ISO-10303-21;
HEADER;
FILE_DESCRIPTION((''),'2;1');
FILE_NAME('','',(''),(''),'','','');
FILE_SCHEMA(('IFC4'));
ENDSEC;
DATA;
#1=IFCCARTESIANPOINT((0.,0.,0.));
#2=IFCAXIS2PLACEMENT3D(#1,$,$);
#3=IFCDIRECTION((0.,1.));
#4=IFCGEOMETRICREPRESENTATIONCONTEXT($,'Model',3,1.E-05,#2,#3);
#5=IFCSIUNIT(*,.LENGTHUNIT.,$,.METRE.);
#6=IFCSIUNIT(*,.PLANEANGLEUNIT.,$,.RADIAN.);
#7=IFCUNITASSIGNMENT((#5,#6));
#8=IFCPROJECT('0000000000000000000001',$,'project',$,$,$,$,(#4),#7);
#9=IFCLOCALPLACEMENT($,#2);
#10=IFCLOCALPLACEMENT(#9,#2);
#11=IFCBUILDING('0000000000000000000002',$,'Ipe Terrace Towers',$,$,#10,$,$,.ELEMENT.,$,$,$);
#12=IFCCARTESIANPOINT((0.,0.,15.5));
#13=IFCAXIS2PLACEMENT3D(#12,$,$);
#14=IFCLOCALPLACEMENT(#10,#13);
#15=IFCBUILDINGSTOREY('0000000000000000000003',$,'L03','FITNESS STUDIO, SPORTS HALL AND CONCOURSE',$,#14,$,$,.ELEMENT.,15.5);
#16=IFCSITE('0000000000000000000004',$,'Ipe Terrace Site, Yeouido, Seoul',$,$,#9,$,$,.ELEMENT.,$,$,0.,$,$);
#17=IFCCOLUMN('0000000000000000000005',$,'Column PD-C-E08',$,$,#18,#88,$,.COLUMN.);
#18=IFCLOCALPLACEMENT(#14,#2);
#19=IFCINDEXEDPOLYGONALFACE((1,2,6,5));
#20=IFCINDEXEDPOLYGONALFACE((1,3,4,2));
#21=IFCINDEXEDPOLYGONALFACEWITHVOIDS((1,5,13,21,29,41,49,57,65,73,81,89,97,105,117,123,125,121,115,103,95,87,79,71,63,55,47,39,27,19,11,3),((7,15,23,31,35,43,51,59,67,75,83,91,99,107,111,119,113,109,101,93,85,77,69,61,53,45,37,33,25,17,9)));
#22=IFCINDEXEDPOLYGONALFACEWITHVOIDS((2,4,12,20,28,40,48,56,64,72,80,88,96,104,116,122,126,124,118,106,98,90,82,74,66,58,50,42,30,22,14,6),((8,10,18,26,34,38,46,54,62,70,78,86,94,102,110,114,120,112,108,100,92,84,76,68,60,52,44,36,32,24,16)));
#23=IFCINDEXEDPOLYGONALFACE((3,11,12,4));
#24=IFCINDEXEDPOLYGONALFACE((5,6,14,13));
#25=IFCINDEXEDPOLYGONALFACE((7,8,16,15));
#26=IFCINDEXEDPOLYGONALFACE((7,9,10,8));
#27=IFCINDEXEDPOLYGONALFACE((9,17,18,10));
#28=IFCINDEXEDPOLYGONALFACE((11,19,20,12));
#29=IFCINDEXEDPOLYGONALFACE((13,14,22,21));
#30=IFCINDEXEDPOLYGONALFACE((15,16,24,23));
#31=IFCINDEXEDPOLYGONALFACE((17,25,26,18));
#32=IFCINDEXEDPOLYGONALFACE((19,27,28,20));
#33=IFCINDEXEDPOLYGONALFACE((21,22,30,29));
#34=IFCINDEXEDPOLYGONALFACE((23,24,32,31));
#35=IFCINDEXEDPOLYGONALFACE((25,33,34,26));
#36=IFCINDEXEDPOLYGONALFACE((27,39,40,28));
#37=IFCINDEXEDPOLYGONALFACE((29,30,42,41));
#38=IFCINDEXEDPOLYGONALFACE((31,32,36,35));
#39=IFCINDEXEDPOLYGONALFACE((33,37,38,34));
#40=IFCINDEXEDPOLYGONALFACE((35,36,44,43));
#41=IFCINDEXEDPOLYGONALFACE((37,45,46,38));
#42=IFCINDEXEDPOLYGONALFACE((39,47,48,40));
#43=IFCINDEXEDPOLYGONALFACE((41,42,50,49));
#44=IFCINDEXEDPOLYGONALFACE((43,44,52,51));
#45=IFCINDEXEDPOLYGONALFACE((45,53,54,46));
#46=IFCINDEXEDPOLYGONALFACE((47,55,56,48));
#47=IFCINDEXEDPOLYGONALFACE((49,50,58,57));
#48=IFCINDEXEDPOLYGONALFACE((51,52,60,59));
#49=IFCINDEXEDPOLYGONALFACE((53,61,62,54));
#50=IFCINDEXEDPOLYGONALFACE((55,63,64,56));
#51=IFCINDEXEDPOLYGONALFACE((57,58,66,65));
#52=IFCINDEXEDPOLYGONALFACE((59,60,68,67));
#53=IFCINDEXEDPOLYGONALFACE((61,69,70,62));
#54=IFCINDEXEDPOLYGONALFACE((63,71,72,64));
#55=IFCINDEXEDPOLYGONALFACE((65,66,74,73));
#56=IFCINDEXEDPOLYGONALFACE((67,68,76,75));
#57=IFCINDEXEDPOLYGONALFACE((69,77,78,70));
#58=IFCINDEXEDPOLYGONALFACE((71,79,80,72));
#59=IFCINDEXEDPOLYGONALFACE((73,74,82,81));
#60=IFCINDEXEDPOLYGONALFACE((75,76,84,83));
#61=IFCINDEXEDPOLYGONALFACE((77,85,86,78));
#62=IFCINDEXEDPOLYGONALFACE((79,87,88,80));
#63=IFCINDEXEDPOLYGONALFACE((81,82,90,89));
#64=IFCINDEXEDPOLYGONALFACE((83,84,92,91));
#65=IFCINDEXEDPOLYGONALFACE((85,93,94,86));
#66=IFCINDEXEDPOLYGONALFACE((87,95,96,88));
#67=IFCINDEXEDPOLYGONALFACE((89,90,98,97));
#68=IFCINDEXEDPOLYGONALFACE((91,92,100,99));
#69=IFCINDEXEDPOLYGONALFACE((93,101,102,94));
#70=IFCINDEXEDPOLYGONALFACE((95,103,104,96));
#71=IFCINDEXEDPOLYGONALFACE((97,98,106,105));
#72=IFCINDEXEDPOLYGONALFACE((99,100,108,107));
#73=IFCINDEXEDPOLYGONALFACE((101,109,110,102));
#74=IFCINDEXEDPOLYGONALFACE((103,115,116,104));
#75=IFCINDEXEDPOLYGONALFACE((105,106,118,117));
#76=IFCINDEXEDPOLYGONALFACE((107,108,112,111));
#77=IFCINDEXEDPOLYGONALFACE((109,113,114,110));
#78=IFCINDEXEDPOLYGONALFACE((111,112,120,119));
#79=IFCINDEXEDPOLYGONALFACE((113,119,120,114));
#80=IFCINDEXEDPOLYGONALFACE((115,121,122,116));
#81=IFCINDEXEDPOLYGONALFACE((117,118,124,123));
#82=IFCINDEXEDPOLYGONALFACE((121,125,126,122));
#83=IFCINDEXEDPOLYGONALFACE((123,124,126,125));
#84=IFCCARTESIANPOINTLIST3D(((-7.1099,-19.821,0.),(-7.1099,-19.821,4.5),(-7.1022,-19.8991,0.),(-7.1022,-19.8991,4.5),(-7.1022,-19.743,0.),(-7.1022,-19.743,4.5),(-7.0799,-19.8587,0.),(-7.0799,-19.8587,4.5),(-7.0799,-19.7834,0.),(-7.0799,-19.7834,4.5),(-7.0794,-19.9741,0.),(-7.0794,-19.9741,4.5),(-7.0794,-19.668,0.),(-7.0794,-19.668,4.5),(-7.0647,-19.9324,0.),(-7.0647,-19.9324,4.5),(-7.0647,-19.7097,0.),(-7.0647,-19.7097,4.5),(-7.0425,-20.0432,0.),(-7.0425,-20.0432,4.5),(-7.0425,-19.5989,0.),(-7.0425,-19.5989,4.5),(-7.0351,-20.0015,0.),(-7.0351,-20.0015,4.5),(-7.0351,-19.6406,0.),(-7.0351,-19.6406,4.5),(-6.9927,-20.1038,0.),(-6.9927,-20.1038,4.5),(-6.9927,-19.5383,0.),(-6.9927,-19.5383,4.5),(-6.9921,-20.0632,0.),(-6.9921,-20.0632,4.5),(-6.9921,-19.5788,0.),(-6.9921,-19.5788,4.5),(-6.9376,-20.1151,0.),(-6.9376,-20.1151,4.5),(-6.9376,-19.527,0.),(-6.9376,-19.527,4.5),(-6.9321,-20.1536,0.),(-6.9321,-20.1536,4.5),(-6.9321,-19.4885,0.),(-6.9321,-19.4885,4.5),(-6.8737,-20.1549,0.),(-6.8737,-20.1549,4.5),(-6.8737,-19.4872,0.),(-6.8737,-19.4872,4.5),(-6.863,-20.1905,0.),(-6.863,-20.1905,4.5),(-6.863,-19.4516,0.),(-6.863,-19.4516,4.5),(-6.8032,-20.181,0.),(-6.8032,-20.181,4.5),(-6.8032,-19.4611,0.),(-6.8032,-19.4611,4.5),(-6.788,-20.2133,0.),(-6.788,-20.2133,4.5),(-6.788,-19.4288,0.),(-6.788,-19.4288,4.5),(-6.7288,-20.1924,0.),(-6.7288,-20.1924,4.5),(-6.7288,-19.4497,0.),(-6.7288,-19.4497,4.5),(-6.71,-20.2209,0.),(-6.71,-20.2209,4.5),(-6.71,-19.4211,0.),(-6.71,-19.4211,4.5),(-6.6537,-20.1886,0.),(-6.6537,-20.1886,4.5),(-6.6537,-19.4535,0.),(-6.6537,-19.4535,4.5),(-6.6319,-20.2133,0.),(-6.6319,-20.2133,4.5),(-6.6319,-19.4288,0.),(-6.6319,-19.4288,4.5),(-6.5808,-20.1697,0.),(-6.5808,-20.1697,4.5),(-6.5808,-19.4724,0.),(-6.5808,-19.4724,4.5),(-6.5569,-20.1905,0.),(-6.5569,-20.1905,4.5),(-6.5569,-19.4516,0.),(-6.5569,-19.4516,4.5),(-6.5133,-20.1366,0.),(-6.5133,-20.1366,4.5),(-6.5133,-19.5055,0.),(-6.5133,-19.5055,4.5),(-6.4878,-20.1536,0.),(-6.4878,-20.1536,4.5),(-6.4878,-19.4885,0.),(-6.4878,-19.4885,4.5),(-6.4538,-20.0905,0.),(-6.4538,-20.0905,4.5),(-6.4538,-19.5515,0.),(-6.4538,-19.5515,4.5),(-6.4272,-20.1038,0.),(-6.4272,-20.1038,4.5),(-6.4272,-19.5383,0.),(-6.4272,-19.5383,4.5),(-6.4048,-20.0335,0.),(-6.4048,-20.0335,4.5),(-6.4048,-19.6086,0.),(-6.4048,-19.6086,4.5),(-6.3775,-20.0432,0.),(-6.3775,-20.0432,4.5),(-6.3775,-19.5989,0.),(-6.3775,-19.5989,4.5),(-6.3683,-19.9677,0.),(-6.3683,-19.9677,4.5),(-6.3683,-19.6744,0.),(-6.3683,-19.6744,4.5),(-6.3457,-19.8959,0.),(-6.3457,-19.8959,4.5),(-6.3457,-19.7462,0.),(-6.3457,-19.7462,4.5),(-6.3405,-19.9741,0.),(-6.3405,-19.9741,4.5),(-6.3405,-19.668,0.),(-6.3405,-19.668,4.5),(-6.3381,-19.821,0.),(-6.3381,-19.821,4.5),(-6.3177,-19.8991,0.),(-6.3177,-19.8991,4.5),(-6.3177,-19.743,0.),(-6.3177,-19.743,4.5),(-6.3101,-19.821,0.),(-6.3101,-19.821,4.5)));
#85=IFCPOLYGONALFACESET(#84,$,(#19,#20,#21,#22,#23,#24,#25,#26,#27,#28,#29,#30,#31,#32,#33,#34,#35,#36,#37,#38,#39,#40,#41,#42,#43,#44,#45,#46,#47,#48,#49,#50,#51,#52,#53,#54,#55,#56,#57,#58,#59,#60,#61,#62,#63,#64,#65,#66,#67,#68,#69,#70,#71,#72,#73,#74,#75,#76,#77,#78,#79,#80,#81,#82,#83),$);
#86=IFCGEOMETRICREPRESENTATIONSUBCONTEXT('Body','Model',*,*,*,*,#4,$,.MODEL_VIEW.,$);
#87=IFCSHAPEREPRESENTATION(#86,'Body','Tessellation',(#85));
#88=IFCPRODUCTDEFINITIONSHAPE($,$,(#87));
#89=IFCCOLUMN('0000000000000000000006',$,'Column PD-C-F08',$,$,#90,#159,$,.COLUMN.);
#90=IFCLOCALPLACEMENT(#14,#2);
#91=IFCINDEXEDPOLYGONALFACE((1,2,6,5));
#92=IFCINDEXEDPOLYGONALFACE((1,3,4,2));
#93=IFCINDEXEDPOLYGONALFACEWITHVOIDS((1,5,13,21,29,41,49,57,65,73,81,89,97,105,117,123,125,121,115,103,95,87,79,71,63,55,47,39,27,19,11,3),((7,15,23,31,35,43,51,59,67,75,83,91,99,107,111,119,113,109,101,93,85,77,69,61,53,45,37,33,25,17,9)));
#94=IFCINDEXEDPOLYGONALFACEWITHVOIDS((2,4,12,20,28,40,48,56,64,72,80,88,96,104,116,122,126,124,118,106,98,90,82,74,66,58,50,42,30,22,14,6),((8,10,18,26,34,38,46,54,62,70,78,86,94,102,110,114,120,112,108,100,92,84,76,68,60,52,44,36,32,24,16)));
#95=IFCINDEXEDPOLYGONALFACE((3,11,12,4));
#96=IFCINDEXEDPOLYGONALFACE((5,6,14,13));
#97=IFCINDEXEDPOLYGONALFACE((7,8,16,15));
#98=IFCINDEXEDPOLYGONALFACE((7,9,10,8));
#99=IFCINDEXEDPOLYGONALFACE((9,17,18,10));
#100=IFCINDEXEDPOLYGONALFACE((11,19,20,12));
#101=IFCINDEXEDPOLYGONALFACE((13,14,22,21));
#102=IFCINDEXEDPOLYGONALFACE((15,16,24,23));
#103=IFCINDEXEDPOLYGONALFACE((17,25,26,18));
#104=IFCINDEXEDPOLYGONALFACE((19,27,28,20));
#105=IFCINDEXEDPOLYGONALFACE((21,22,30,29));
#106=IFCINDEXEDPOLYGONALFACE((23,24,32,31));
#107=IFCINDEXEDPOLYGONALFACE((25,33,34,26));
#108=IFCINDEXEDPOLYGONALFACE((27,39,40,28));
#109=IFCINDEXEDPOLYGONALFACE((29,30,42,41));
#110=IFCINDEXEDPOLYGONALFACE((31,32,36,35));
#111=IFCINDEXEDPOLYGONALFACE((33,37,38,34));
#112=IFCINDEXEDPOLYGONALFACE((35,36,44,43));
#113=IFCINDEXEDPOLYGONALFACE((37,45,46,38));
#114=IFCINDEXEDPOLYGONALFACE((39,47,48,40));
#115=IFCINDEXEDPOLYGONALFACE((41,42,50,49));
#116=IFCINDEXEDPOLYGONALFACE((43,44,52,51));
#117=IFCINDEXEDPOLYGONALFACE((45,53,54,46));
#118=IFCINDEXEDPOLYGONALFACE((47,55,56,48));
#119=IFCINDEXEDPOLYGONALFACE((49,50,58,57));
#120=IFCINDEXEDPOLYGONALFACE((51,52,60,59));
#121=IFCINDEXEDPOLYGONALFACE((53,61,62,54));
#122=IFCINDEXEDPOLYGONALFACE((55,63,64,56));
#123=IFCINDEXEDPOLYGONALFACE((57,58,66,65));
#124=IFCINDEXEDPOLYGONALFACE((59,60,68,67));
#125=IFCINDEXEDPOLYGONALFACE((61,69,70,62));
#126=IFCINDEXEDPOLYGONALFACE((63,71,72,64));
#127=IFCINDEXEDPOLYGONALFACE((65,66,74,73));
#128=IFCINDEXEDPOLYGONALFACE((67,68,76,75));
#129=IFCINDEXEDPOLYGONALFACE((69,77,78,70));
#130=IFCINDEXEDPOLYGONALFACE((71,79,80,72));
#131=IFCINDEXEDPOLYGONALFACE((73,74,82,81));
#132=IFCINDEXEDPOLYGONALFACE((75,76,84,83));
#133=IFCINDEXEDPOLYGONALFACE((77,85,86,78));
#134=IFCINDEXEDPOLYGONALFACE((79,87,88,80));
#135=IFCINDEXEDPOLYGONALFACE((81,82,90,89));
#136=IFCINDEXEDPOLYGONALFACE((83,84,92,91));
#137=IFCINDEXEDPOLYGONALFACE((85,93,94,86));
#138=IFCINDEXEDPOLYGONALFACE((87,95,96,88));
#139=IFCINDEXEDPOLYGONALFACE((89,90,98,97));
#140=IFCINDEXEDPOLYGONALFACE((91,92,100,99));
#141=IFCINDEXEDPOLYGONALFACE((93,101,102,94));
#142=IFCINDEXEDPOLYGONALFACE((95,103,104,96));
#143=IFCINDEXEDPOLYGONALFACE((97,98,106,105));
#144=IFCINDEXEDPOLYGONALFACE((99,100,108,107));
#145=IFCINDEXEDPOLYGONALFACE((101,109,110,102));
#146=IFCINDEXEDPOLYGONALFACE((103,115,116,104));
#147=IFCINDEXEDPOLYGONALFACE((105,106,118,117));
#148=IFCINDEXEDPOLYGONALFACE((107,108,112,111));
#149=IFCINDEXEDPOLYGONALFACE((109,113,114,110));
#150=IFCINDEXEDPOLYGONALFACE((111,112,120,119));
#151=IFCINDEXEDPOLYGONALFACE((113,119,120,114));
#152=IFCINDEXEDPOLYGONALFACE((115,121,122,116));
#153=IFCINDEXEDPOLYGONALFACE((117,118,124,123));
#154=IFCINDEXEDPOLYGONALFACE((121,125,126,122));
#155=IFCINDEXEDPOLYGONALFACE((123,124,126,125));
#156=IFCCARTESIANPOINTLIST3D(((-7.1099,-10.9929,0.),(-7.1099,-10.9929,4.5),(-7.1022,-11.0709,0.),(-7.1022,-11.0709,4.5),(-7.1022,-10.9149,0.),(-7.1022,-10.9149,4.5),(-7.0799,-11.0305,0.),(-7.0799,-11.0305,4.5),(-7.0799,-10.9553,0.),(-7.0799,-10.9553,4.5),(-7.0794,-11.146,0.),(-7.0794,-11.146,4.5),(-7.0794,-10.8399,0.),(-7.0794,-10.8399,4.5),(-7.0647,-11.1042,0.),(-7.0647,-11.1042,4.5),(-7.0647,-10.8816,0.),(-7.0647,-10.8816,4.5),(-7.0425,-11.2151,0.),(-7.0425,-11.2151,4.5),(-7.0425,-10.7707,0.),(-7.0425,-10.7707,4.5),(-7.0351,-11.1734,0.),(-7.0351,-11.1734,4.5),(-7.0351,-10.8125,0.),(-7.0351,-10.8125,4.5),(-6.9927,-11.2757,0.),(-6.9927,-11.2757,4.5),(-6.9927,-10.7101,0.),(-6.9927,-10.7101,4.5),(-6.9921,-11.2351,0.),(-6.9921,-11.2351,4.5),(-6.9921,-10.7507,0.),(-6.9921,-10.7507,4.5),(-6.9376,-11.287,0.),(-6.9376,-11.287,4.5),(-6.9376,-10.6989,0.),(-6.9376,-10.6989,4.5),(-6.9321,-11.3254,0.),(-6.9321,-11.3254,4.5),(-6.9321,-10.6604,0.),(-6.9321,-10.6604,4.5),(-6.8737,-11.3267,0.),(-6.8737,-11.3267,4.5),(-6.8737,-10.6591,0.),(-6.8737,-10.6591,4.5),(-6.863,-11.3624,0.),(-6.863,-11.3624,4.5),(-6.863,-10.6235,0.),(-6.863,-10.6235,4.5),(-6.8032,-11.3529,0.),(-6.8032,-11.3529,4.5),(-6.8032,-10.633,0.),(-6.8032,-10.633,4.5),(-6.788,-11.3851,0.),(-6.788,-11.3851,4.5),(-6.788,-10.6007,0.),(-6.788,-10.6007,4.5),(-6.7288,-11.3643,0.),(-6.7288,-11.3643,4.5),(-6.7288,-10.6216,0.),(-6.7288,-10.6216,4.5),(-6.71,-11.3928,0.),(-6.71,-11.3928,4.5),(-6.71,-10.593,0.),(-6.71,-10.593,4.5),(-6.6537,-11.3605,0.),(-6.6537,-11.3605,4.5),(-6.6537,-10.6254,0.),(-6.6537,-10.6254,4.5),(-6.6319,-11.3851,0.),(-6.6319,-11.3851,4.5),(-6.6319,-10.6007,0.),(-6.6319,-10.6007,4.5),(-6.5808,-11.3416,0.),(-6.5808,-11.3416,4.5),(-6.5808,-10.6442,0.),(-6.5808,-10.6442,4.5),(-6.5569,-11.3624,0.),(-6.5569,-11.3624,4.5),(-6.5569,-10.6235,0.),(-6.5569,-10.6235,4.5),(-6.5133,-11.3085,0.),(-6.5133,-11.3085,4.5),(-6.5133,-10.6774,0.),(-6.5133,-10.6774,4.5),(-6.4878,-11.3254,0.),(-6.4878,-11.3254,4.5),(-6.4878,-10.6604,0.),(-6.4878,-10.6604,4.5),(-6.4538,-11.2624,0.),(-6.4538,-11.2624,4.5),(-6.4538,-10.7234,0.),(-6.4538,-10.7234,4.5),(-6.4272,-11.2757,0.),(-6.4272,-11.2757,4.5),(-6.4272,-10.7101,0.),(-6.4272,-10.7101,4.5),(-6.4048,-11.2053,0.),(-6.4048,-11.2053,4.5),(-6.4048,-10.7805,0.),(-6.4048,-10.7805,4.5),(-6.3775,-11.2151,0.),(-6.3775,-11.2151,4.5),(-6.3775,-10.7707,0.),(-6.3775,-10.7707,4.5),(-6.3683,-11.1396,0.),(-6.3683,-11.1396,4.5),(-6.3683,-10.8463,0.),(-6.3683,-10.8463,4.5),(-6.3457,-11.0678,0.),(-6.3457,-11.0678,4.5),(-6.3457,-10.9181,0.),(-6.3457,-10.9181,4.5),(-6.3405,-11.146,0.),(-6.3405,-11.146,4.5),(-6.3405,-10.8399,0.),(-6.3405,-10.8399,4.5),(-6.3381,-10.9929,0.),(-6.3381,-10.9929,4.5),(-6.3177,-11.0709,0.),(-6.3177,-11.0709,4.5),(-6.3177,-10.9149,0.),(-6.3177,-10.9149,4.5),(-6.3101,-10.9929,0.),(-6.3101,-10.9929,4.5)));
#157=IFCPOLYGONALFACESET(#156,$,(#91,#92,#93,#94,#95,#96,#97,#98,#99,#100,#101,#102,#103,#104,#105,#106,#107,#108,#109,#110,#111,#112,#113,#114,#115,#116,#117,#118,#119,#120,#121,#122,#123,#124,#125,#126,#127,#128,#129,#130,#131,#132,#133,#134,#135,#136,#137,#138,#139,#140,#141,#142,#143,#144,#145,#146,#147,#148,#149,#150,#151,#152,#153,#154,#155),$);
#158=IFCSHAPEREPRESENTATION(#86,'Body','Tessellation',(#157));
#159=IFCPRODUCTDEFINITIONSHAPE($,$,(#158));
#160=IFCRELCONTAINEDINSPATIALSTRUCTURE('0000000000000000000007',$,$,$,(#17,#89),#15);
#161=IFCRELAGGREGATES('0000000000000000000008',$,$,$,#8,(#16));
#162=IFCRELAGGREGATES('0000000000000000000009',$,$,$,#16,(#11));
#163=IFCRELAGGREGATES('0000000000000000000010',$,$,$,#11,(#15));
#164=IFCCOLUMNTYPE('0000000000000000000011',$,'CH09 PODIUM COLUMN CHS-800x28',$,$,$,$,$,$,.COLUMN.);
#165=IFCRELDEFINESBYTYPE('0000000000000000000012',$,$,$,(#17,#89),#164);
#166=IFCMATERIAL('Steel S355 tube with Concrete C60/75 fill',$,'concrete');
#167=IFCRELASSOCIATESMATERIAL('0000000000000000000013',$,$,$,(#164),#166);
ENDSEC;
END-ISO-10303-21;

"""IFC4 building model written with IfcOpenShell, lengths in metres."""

from ifc_helpers import new_model, si_unit, direction, frame, origin, origin_2d, place, context, subcontext, project, spatial, hollow_circle, extrude, material, material_profile, profile_set, type_object, element, save


model = new_model("IFC4")

# Units and contexts
model_context = context("Model", 3, precision=1e-05, world=origin(), true_north=direction((0.0, 1.0)))
body_context = subcontext(model_context, "Body", "Model", "MODEL_VIEW")
ifc_project = project(units=[si_unit("LENGTHUNIT", "METRE"), si_unit("PLANEANGLEUNIT", "RADIAN")], contexts=[model_context])

# Site, building, storey
site_placement = place(None, origin())
site = spatial("IfcSite", under=ifc_project, at=site_placement, Name="Ipe Terrace Site, Yeouido, Seoul", CompositionType="ELEMENT", RefElevation=0.0)
building_placement = place(site_placement, origin())
building = spatial("IfcBuilding", under=site, at=building_placement, Name="Ipe Terrace Towers", CompositionType="ELEMENT")
storey_placement = place(building_placement, frame((0.0, 0.0, 15.5)))
storey = spatial("IfcBuildingStorey", under=building, at=storey_placement, Name="L03", Description="FITNESS STUDIO, SPORTS HALL AND CONCOURSE", CompositionType="ELEMENT", Elevation=15.5)

# Columns
ifc_material_1 = material(Name="Steel S355 tube with Concrete C60/75 fill", Category="concrete")
ifc_material_profile_1 = material_profile(ifc_material_1, hollow_circle(Radius=0.3999, WallThickness=0.0281, at=origin_2d()), Name="CHS-800x28")
ifc_profile_set_1 = profile_set([ifc_material_profile_1], Name="Steel S355 tube with Concrete C60/75 fill")
column_type_1 = type_object("IfcColumnType", Name="CH09 PODIUM COLUMN CHS-800x28", PredefinedType="COLUMN", material=ifc_profile_set_1)
for number, where, z_axis, x_axis, name in (
    (1, (-6.71, -19.821, 0.0), (0.0, 0.0, 1.0), (1.0, 0.0, 0.0), "Column PD-C-E08"),
    (2, (-6.71, -10.9929, 0.0), (0.0, 0.0, 1.0), (1.0, 0.0, 0.0), "Column PD-C-F08"),
):
    element("IfcColumn", number, at=place(storey_placement, frame(where, z_axis=z_axis, x_axis=x_axis)), inside=storey, type_object=column_type_1, Name=name, PredefinedType="COLUMN", context=body_context, shape_type="SweptSolid", body=[
        extrude(hollow_circle(Radius=0.3999, WallThickness=0.0281, at=origin_2d()), origin(), (0.0, 0.0, 1.0), 4.5),
    ])

save(model, "model.ifc")
